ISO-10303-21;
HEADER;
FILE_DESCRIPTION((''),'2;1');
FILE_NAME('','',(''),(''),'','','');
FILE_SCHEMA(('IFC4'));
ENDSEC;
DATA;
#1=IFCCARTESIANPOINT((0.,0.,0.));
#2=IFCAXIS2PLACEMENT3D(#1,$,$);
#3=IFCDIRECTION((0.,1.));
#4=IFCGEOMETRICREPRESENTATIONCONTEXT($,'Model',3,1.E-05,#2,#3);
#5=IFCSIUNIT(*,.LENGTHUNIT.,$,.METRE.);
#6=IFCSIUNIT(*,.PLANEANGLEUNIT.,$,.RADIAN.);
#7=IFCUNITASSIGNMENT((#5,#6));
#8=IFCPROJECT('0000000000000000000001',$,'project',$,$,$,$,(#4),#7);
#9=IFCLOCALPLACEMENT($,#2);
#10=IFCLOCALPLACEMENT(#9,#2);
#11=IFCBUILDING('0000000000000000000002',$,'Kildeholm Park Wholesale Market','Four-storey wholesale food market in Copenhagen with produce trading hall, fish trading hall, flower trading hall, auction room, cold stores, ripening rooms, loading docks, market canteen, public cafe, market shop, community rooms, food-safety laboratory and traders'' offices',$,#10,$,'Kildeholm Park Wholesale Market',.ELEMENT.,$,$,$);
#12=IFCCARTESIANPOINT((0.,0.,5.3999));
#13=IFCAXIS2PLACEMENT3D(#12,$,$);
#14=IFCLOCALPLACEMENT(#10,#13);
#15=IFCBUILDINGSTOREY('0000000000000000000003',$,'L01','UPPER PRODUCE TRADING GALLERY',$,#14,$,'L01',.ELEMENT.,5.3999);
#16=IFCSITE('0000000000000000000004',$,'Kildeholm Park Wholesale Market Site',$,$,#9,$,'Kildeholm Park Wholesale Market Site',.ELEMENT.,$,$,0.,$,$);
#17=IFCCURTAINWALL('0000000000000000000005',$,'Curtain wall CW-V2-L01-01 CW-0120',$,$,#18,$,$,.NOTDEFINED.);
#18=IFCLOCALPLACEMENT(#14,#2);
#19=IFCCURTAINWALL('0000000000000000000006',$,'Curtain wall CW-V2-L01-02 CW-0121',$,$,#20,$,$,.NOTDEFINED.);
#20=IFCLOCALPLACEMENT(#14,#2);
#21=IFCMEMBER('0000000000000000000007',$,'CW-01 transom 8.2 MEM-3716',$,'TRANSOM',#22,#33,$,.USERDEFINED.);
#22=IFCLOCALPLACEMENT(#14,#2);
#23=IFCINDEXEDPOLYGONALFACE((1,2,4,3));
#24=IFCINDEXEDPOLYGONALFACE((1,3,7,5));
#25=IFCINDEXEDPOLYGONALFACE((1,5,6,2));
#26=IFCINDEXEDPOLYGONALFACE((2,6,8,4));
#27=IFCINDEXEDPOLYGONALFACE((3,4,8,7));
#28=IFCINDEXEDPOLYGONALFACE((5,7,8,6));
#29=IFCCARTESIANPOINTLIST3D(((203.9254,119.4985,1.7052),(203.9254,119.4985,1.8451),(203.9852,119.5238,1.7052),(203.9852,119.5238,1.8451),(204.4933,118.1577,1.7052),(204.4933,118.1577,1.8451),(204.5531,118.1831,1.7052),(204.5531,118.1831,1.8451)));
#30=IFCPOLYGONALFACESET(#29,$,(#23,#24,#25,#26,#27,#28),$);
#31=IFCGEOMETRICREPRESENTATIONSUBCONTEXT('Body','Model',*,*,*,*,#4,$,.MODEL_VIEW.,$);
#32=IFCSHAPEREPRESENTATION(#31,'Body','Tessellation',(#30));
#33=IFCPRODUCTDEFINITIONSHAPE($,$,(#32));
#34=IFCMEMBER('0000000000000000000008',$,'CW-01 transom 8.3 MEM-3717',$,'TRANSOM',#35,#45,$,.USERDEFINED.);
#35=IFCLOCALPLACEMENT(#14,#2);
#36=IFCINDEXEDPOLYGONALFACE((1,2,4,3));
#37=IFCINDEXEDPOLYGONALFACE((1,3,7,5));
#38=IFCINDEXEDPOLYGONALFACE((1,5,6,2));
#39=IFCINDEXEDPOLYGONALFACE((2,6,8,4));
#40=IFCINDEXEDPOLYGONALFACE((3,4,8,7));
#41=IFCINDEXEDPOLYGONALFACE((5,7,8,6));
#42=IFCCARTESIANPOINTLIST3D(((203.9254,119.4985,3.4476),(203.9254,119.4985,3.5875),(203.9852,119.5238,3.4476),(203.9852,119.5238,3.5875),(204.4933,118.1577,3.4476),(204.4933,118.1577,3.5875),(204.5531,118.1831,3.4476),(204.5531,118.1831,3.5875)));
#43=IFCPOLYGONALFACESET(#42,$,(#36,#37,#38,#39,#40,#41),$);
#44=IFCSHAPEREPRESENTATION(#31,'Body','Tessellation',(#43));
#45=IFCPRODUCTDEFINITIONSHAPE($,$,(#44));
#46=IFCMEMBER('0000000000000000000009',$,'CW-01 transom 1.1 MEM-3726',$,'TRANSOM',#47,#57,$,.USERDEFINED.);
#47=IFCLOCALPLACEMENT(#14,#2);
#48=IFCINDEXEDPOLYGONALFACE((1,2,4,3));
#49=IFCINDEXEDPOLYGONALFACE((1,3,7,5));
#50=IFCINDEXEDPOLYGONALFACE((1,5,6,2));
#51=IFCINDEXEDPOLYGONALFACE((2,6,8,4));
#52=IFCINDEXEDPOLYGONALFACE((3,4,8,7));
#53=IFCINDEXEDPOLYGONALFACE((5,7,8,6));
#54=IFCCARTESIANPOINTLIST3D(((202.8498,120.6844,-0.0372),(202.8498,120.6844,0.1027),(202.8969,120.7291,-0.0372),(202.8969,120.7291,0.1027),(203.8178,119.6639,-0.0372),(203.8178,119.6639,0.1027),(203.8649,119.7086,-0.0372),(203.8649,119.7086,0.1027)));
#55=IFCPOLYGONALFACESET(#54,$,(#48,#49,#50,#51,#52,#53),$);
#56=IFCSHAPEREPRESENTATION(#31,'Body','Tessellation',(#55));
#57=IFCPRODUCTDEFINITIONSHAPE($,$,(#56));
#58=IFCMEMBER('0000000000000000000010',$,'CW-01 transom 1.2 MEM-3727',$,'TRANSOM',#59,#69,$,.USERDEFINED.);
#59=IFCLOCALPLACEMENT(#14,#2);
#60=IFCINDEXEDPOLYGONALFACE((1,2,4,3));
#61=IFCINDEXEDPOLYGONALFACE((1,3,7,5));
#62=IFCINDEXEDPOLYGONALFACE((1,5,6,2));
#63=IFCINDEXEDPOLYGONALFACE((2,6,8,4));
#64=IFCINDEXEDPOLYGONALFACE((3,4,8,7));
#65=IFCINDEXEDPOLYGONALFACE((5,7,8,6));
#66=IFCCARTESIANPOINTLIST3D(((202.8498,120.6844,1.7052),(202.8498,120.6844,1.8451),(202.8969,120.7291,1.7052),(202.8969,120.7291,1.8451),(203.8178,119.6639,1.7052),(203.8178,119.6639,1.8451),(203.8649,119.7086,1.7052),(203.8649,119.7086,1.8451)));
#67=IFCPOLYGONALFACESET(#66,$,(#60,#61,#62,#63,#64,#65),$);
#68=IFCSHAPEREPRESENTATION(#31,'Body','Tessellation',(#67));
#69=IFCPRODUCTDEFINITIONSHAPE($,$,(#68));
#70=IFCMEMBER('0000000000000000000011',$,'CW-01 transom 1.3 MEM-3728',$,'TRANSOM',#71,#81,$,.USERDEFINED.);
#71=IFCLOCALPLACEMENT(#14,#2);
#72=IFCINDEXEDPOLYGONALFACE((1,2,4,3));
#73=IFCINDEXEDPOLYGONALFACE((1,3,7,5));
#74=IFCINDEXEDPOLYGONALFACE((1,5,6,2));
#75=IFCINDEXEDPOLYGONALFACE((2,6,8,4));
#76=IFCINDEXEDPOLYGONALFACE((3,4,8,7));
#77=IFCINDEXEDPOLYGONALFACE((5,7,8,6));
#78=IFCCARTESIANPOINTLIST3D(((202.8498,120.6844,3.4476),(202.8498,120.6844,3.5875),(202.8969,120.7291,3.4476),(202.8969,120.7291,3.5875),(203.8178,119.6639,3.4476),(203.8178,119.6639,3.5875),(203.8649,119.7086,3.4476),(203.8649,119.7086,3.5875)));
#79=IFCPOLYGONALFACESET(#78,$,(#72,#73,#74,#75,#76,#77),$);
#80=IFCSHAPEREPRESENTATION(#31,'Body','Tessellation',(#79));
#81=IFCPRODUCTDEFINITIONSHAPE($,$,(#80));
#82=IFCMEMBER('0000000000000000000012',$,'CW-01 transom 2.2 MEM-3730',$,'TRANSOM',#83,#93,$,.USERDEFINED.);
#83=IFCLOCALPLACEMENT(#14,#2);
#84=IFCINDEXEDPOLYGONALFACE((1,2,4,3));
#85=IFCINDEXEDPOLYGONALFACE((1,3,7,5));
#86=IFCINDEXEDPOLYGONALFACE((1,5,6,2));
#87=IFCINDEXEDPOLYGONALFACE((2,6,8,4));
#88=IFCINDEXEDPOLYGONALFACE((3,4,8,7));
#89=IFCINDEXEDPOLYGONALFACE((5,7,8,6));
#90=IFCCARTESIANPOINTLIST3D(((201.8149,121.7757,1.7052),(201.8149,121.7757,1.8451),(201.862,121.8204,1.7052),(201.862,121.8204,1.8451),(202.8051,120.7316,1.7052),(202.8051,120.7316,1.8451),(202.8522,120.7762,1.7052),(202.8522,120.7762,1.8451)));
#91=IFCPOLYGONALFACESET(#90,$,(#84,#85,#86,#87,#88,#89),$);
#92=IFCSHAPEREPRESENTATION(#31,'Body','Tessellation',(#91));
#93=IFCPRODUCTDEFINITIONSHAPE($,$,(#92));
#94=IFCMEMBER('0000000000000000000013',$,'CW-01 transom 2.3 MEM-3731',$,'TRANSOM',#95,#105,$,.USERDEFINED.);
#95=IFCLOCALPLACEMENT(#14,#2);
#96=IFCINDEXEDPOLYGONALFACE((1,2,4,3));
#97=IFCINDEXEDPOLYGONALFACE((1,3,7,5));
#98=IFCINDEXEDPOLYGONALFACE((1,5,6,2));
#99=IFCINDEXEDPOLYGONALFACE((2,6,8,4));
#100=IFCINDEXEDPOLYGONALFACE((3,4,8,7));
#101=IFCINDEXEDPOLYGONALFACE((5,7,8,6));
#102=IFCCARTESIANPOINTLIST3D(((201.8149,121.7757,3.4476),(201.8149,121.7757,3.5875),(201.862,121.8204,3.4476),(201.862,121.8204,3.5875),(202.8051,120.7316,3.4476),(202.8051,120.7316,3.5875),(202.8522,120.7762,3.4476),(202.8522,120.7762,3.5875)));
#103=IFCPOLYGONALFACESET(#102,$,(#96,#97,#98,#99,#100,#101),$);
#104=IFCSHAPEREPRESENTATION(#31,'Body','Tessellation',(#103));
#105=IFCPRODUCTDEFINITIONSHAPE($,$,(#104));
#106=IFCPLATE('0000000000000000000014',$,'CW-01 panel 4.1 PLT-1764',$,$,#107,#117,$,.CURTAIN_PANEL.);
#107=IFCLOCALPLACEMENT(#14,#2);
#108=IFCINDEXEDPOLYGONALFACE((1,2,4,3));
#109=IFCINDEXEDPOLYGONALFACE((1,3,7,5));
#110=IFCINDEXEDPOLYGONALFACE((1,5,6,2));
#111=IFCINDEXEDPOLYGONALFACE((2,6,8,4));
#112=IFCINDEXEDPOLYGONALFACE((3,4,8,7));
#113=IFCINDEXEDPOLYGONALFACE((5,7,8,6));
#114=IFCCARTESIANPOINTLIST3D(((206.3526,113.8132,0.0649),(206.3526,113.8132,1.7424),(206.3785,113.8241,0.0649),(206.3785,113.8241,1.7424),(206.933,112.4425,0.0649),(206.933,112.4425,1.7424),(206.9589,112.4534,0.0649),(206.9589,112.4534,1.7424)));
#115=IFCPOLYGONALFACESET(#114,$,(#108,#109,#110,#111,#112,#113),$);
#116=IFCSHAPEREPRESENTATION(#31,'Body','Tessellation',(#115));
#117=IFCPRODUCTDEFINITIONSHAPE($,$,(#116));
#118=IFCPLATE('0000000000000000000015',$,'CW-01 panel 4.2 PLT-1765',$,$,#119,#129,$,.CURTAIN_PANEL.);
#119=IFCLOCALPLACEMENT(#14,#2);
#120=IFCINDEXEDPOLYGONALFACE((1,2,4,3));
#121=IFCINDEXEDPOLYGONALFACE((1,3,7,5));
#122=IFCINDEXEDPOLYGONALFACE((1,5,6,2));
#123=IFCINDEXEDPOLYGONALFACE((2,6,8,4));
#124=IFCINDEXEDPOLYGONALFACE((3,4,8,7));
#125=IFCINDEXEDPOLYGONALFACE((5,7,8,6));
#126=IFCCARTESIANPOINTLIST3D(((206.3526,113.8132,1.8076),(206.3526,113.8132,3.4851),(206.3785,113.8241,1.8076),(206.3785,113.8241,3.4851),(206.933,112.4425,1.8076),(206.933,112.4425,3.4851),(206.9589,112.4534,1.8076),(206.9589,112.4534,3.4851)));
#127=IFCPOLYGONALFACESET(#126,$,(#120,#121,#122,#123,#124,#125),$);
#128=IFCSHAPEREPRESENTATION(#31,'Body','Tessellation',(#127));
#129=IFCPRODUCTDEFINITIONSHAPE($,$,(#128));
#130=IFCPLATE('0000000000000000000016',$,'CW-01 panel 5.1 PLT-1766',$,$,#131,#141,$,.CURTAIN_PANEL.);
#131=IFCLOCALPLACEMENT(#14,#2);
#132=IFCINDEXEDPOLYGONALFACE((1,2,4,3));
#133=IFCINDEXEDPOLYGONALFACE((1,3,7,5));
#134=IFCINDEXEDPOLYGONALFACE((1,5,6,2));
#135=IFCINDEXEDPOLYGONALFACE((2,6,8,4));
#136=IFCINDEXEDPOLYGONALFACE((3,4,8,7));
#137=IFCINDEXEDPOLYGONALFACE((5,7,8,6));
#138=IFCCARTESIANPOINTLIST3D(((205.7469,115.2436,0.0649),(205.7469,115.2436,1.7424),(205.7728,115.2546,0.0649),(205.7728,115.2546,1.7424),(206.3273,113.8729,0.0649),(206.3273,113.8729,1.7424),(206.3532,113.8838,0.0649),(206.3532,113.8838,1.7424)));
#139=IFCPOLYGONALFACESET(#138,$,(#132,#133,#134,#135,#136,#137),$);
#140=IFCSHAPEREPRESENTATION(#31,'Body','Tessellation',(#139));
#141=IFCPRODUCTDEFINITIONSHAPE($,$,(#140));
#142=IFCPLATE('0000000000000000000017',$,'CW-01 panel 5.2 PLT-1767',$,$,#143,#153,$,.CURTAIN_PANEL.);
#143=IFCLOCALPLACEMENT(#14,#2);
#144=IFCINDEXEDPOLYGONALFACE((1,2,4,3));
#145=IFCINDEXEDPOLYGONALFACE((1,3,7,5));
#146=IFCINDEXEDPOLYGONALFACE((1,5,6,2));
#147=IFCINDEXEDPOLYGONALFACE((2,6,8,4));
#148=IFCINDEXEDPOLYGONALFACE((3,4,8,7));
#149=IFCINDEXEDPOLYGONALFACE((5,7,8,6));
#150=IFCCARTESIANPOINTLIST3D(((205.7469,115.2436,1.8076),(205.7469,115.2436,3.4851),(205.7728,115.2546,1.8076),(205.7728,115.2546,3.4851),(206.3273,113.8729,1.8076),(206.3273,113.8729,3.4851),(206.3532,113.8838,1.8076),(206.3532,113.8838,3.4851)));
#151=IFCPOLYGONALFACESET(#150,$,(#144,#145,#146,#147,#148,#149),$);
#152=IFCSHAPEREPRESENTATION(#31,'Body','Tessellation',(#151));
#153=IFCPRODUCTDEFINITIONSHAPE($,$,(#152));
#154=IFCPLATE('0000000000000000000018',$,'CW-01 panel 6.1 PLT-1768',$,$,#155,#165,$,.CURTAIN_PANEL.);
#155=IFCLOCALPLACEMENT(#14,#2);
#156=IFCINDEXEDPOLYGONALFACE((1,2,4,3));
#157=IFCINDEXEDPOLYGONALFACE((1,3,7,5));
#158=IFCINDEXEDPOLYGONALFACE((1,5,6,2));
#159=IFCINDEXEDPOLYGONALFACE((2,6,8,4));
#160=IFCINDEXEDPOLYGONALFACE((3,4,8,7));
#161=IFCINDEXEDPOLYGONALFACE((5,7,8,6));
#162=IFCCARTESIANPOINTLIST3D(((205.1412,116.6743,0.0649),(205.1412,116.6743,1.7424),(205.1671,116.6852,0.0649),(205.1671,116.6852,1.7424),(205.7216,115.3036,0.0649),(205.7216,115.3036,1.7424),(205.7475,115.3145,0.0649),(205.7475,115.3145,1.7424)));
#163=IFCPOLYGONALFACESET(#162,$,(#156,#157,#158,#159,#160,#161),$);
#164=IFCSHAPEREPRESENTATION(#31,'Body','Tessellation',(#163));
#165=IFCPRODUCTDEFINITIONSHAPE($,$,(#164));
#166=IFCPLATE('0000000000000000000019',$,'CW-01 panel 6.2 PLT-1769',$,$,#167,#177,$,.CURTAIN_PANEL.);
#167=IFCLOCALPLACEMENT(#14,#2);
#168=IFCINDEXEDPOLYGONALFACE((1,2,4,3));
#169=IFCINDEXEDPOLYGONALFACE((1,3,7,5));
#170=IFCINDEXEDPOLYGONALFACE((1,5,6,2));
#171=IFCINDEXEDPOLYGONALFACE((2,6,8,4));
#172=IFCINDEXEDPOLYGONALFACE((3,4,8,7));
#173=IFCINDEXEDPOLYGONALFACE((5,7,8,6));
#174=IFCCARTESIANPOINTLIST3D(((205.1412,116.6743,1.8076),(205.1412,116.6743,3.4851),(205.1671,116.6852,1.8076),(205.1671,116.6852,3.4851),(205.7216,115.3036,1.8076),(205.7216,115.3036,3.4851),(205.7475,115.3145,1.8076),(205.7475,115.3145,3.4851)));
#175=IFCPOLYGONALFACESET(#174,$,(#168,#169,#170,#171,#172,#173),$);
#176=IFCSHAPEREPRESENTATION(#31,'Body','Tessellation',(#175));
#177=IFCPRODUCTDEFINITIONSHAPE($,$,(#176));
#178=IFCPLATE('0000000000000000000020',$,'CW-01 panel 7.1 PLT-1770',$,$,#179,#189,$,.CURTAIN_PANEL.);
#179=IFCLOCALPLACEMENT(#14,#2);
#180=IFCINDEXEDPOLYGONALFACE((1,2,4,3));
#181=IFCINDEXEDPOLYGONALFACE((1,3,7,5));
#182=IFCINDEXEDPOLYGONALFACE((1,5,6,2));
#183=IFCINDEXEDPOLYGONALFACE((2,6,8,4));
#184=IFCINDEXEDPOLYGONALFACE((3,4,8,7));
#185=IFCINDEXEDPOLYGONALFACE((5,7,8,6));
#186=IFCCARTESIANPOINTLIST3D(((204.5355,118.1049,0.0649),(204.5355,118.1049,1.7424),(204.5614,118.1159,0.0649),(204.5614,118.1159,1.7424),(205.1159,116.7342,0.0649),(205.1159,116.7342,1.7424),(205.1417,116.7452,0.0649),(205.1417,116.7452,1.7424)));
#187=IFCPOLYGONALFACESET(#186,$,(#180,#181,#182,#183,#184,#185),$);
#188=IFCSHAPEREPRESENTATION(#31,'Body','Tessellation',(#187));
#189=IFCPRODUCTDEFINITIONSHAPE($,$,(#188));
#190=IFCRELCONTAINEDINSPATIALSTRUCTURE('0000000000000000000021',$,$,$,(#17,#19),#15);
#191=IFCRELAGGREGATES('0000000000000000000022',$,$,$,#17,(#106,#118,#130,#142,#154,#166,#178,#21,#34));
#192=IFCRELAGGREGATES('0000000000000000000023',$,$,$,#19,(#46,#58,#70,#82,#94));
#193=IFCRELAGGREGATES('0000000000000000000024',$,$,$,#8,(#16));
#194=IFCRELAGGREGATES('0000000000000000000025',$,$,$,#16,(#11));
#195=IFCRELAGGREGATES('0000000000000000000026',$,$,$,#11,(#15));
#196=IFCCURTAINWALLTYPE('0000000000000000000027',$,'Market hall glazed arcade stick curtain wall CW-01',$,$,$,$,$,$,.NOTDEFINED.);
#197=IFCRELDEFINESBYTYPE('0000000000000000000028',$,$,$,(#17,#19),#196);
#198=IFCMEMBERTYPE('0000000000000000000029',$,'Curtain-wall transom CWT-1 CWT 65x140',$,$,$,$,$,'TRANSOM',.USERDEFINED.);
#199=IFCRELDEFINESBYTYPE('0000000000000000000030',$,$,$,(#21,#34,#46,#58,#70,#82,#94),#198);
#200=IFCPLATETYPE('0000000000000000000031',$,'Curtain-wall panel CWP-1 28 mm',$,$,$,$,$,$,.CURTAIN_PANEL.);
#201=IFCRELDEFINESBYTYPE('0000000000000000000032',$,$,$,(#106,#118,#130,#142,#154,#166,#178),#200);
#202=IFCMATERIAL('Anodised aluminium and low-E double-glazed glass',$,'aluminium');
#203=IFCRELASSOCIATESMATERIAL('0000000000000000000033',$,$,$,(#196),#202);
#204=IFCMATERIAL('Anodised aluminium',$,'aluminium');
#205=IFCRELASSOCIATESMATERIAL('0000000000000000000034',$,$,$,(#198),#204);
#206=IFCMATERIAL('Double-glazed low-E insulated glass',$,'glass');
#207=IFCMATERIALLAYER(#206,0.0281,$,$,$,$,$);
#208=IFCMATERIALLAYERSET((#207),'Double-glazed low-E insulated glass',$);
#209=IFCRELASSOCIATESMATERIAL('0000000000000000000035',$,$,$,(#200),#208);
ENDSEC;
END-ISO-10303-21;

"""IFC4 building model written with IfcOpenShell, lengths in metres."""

from ifc_helpers import new_model, si_unit, direction, frame, origin, origin_2d, place, context, subcontext, project, spatial, rectangle, extrude, material, layer, layer_set, material_profile, profile_set, type_object, element, aggregate, save


model = new_model("IFC4")

# Units and contexts
model_context = context("Model", 3, precision=1e-05, world=origin(), true_north=direction((0.0, 1.0)))
body_context = subcontext(model_context, "Body", "Model", "MODEL_VIEW")
ifc_project = project(units=[si_unit("LENGTHUNIT", "METRE"), si_unit("PLANEANGLEUNIT", "RADIAN")], contexts=[model_context])

# Site, building, storey
site_placement = place(None, origin())
site = spatial("IfcSite", under=ifc_project, at=site_placement, Name="Kildeholm Park Wholesale Market Site", LongName="Kildeholm Park Wholesale Market Site", CompositionType="ELEMENT", RefElevation=0.0)
building_placement = place(site_placement, origin())
building = spatial("IfcBuilding", under=site, at=building_placement, Name="Kildeholm Park Wholesale Market", Description="Four-storey wholesale food market in Copenhagen with produce trading hall, fish trading hall, flower trading hall, auction room, cold stores, ripening rooms, loading docks, market canteen, public cafe, market shop, community rooms, food-safety laboratory and traders' offices", LongName="Kildeholm Park Wholesale Market", CompositionType="ELEMENT")
storey_placement = place(building_placement, frame((0.0, 0.0, 5.3999)))
storey = spatial("IfcBuildingStorey", under=building, at=storey_placement, Name="L01", Description="UPPER PRODUCE TRADING GALLERY", LongName="L01", CompositionType="ELEMENT", Elevation=5.3999)

# Curtain walls
ifc_material_1 = material(Name="Anodised aluminium and low-E double-glazed glass", Category="aluminium")
curtain_wall_type = type_object("IfcCurtainWallType", Name="Market hall glazed arcade stick curtain wall CW-01", PredefinedType="NOTDEFINED", material=ifc_material_1)
curtain_wall_1_placement = place(storey_placement, origin())
curtain_wall_1 = element("IfcCurtainWall", 1, at=curtain_wall_1_placement, inside=storey, type_object=curtain_wall_type, Name="Curtain wall CW-V2-L01-01 CW-0120", PredefinedType="NOTDEFINED")
ifc_material_2 = material(Name="Anodised aluminium", Category="aluminium")
curtain_wall_2_placement = place(storey_placement, origin())
curtain_wall_2 = element("IfcCurtainWall", 2, at=curtain_wall_2_placement, inside=storey, type_object=curtain_wall_type, Name="Curtain wall CW-V2-L01-02 CW-0121", PredefinedType="NOTDEFINED")

# Members
ifc_material_profile_1 = material_profile(ifc_material_2, rectangle(XDim=0.0649, YDim=0.1399, at=origin_2d()), Name="CWT 65x140")
ifc_profile_set_1 = profile_set([ifc_material_profile_1], Name="Anodised aluminium")
member_type_1 = type_object("IfcMemberType", Name="Curtain-wall transom CWT-1 CWT 65x140", ElementType="TRANSOM", PredefinedType="USERDEFINED", material=ifc_profile_set_1)
member_1_placement = place(storey_placement, frame((204.5232, 118.1704, 1.7751), z_axis=(-0.38999, 0.920819, 0.0), x_axis=(-0.920819, -0.38999, 0.0)))
member_1 = element("IfcMember", 3, at=member_1_placement, type_object=member_type_1, Name="CW-01 transom 8.2 MEM-3716", ObjectType="TRANSOM", PredefinedType="USERDEFINED", context=body_context, shape_type="SweptSolid", body=[
    extrude(rectangle(XDim=0.0649, YDim=0.1399, at=origin_2d()), origin(), (0.0, 0.0, 1.0), 1.4561),
])
member_2_placement = place(storey_placement, frame((204.5232, 118.1704, 3.5176), z_axis=(-0.38999, 0.920819, 0.0), x_axis=(-0.920819, -0.38999, 0.0)))
member_2 = element("IfcMember", 4, at=member_2_placement, type_object=member_type_1, Name="CW-01 transom 8.3 MEM-3717", ObjectType="TRANSOM", PredefinedType="USERDEFINED", context=body_context, shape_type="SweptSolid", body=[
    extrude(rectangle(XDim=0.0649, YDim=0.1399, at=origin_2d()), origin(), (0.0, 0.0, 1.0), 1.4561),
])
member_3_placement = place(storey_placement, frame((203.8413, 119.6863, 0.0327), z_axis=(-0.688202, 0.725519, 0.0), x_axis=(-0.725519, -0.688202, 0.0)))
member_3 = element("IfcMember", 5, at=member_3_placement, type_object=member_type_1, Name="CW-01 transom 1.1 MEM-3726", ObjectType="TRANSOM", PredefinedType="USERDEFINED", context=body_context, shape_type="SweptSolid", body=[
    extrude(rectangle(XDim=0.0649, YDim=0.1399, at=origin_2d()), origin(), (0.0, 0.0, 1.0), 1.4065),
])
member_4_placement = place(storey_placement, frame((203.8413, 119.6863, 1.7751), z_axis=(-0.688202, 0.725519, 0.0), x_axis=(-0.725519, -0.688202, 0.0)))
member_4 = element("IfcMember", 6, at=member_4_placement, type_object=member_type_1, Name="CW-01 transom 1.2 MEM-3727", ObjectType="TRANSOM", PredefinedType="USERDEFINED", context=body_context, shape_type="SweptSolid", body=[
    extrude(rectangle(XDim=0.0649, YDim=0.1399, at=origin_2d()), origin(), (0.0, 0.0, 1.0), 1.4065),
])
member_5_placement = place(storey_placement, frame((203.8413, 119.6863, 3.5176), z_axis=(-0.688202, 0.725519, 0.0), x_axis=(-0.725519, -0.688202, 0.0)))
member_5 = element("IfcMember", 7, at=member_5_placement, type_object=member_type_1, Name="CW-01 transom 1.3 MEM-3728", ObjectType="TRANSOM", PredefinedType="USERDEFINED", context=body_context, shape_type="SweptSolid", body=[
    extrude(rectangle(XDim=0.0649, YDim=0.1399, at=origin_2d()), origin(), (0.0, 0.0, 1.0), 1.4065),
])
member_6_placement = place(storey_placement, frame((202.8286, 120.7539, 1.7751), z_axis=(-0.688112, 0.725605, 0.0), x_axis=(-0.725605, -0.688112, 0.0)))
member_6 = element("IfcMember", 8, at=member_6_placement, type_object=member_type_1, Name="CW-01 transom 2.2 MEM-3730", ObjectType="TRANSOM", PredefinedType="USERDEFINED", context=body_context, shape_type="SweptSolid", body=[
    extrude(rectangle(XDim=0.0649, YDim=0.1399, at=origin_2d()), origin(), (0.0, 0.0, 1.0), 1.439),
])
member_7_placement = place(storey_placement, frame((202.8286, 120.7539, 3.5176), z_axis=(-0.688112, 0.725605, 0.0), x_axis=(-0.725605, -0.688112, 0.0)))
member_7 = element("IfcMember", 9, at=member_7_placement, type_object=member_type_1, Name="CW-01 transom 2.3 MEM-3731", ObjectType="TRANSOM", PredefinedType="USERDEFINED", context=body_context, shape_type="SweptSolid", body=[
    extrude(rectangle(XDim=0.0649, YDim=0.1399, at=origin_2d()), origin(), (0.0, 0.0, 1.0), 1.439),
])

# Plates
ifc_material_3 = material(Name="Double-glazed low-E insulated glass", Category="glass")
ifc_layer = layer(ifc_material_3, 0.0281)
ifc_layer_set = layer_set([ifc_layer], Name="Double-glazed low-E insulated glass")
plate_type = type_object("IfcPlateType", Name="Curtain-wall panel CWP-1 28 mm", PredefinedType="CURTAIN_PANEL", material=ifc_layer_set)
plate_1_placement = place(storey_placement, frame((206.6558, 113.1333, 0.0649), z_axis=(0.0, 0.0, 1.0), x_axis=(-0.389905, 0.920855, 0.0)))
plate_1 = element("IfcPlate", 10, at=plate_1_placement, type_object=plate_type, Name="CW-01 panel 4.1 PLT-1764", PredefinedType="CURTAIN_PANEL", context=body_context, shape_type="SweptSolid", body=[
    extrude(rectangle(XDim=1.4885, YDim=0.0281, at=origin_2d()), origin(), (0.0, 0.0, 1.0), 1.6775),
])
plate_2_placement = place(storey_placement, frame((206.6558, 113.1333, 1.8076), z_axis=(0.0, 0.0, 1.0), x_axis=(-0.389905, 0.920855, 0.0)))
plate_2 = element("IfcPlate", 11, at=plate_2_placement, type_object=plate_type, Name="CW-01 panel 4.2 PLT-1765", PredefinedType="CURTAIN_PANEL", context=body_context, shape_type="SweptSolid", body=[
    extrude(rectangle(XDim=1.4885, YDim=0.0281, at=origin_2d()), origin(), (0.0, 0.0, 1.0), 1.6775),
])
plate_3_placement = place(storey_placement, frame((206.05, 114.5637, 0.0649), z_axis=(0.0, 0.0, 1.0), x_axis=(-0.389905, 0.920855, 0.0)))
plate_3 = element("IfcPlate", 12, at=plate_3_placement, type_object=plate_type, Name="CW-01 panel 5.1 PLT-1766", PredefinedType="CURTAIN_PANEL", context=body_context, shape_type="SweptSolid", body=[
    extrude(rectangle(XDim=1.4885, YDim=0.0281, at=origin_2d()), origin(), (0.0, 0.0, 1.0), 1.6775),
])
plate_4_placement = place(storey_placement, frame((206.05, 114.5637, 1.8076), z_axis=(0.0, 0.0, 1.0), x_axis=(-0.389905, 0.920855, 0.0)))
plate_4 = element("IfcPlate", 13, at=plate_4_placement, type_object=plate_type, Name="CW-01 panel 5.2 PLT-1767", PredefinedType="CURTAIN_PANEL", context=body_context, shape_type="SweptSolid", body=[
    extrude(rectangle(XDim=1.4885, YDim=0.0281, at=origin_2d()), origin(), (0.0, 0.0, 1.0), 1.6775),
])
plate_5_placement = place(storey_placement, frame((205.4443, 115.9944, 0.0649), z_axis=(0.0, 0.0, 1.0), x_axis=(-0.389905, 0.920855, 0.0)))
plate_5 = element("IfcPlate", 14, at=plate_5_placement, type_object=plate_type, Name="CW-01 panel 6.1 PLT-1768", PredefinedType="CURTAIN_PANEL", context=body_context, shape_type="SweptSolid", body=[
    extrude(rectangle(XDim=1.4885, YDim=0.0281, at=origin_2d()), origin(), (0.0, 0.0, 1.0), 1.6775),
])
plate_6_placement = place(storey_placement, frame((205.4443, 115.9944, 1.8076), z_axis=(0.0, 0.0, 1.0), x_axis=(-0.389905, 0.920855, 0.0)))
plate_6 = element("IfcPlate", 15, at=plate_6_placement, type_object=plate_type, Name="CW-01 panel 6.2 PLT-1769", PredefinedType="CURTAIN_PANEL", context=body_context, shape_type="SweptSolid", body=[
    extrude(rectangle(XDim=1.4885, YDim=0.0281, at=origin_2d()), origin(), (0.0, 0.0, 1.0), 1.6775),
])
plate_7_placement = place(storey_placement, frame((204.8386, 117.425, 0.0649), z_axis=(0.0, 0.0, 1.0), x_axis=(-0.389905, 0.920855, 0.0)))
plate_7 = element("IfcPlate", 16, at=plate_7_placement, type_object=plate_type, Name="CW-01 panel 7.1 PLT-1770", PredefinedType="CURTAIN_PANEL", context=body_context, shape_type="SweptSolid", body=[
    extrude(rectangle(XDim=1.4885, YDim=0.0281, at=origin_2d()), origin(), (0.0, 0.0, 1.0), 1.6775),
])
aggregate(curtain_wall_1, [plate_1, plate_2, plate_3, plate_4, plate_5, plate_6, plate_7, member_1, member_2])
aggregate(curtain_wall_2, [member_3, member_4, member_5, member_6, member_7])

save(model, "model.ifc")
